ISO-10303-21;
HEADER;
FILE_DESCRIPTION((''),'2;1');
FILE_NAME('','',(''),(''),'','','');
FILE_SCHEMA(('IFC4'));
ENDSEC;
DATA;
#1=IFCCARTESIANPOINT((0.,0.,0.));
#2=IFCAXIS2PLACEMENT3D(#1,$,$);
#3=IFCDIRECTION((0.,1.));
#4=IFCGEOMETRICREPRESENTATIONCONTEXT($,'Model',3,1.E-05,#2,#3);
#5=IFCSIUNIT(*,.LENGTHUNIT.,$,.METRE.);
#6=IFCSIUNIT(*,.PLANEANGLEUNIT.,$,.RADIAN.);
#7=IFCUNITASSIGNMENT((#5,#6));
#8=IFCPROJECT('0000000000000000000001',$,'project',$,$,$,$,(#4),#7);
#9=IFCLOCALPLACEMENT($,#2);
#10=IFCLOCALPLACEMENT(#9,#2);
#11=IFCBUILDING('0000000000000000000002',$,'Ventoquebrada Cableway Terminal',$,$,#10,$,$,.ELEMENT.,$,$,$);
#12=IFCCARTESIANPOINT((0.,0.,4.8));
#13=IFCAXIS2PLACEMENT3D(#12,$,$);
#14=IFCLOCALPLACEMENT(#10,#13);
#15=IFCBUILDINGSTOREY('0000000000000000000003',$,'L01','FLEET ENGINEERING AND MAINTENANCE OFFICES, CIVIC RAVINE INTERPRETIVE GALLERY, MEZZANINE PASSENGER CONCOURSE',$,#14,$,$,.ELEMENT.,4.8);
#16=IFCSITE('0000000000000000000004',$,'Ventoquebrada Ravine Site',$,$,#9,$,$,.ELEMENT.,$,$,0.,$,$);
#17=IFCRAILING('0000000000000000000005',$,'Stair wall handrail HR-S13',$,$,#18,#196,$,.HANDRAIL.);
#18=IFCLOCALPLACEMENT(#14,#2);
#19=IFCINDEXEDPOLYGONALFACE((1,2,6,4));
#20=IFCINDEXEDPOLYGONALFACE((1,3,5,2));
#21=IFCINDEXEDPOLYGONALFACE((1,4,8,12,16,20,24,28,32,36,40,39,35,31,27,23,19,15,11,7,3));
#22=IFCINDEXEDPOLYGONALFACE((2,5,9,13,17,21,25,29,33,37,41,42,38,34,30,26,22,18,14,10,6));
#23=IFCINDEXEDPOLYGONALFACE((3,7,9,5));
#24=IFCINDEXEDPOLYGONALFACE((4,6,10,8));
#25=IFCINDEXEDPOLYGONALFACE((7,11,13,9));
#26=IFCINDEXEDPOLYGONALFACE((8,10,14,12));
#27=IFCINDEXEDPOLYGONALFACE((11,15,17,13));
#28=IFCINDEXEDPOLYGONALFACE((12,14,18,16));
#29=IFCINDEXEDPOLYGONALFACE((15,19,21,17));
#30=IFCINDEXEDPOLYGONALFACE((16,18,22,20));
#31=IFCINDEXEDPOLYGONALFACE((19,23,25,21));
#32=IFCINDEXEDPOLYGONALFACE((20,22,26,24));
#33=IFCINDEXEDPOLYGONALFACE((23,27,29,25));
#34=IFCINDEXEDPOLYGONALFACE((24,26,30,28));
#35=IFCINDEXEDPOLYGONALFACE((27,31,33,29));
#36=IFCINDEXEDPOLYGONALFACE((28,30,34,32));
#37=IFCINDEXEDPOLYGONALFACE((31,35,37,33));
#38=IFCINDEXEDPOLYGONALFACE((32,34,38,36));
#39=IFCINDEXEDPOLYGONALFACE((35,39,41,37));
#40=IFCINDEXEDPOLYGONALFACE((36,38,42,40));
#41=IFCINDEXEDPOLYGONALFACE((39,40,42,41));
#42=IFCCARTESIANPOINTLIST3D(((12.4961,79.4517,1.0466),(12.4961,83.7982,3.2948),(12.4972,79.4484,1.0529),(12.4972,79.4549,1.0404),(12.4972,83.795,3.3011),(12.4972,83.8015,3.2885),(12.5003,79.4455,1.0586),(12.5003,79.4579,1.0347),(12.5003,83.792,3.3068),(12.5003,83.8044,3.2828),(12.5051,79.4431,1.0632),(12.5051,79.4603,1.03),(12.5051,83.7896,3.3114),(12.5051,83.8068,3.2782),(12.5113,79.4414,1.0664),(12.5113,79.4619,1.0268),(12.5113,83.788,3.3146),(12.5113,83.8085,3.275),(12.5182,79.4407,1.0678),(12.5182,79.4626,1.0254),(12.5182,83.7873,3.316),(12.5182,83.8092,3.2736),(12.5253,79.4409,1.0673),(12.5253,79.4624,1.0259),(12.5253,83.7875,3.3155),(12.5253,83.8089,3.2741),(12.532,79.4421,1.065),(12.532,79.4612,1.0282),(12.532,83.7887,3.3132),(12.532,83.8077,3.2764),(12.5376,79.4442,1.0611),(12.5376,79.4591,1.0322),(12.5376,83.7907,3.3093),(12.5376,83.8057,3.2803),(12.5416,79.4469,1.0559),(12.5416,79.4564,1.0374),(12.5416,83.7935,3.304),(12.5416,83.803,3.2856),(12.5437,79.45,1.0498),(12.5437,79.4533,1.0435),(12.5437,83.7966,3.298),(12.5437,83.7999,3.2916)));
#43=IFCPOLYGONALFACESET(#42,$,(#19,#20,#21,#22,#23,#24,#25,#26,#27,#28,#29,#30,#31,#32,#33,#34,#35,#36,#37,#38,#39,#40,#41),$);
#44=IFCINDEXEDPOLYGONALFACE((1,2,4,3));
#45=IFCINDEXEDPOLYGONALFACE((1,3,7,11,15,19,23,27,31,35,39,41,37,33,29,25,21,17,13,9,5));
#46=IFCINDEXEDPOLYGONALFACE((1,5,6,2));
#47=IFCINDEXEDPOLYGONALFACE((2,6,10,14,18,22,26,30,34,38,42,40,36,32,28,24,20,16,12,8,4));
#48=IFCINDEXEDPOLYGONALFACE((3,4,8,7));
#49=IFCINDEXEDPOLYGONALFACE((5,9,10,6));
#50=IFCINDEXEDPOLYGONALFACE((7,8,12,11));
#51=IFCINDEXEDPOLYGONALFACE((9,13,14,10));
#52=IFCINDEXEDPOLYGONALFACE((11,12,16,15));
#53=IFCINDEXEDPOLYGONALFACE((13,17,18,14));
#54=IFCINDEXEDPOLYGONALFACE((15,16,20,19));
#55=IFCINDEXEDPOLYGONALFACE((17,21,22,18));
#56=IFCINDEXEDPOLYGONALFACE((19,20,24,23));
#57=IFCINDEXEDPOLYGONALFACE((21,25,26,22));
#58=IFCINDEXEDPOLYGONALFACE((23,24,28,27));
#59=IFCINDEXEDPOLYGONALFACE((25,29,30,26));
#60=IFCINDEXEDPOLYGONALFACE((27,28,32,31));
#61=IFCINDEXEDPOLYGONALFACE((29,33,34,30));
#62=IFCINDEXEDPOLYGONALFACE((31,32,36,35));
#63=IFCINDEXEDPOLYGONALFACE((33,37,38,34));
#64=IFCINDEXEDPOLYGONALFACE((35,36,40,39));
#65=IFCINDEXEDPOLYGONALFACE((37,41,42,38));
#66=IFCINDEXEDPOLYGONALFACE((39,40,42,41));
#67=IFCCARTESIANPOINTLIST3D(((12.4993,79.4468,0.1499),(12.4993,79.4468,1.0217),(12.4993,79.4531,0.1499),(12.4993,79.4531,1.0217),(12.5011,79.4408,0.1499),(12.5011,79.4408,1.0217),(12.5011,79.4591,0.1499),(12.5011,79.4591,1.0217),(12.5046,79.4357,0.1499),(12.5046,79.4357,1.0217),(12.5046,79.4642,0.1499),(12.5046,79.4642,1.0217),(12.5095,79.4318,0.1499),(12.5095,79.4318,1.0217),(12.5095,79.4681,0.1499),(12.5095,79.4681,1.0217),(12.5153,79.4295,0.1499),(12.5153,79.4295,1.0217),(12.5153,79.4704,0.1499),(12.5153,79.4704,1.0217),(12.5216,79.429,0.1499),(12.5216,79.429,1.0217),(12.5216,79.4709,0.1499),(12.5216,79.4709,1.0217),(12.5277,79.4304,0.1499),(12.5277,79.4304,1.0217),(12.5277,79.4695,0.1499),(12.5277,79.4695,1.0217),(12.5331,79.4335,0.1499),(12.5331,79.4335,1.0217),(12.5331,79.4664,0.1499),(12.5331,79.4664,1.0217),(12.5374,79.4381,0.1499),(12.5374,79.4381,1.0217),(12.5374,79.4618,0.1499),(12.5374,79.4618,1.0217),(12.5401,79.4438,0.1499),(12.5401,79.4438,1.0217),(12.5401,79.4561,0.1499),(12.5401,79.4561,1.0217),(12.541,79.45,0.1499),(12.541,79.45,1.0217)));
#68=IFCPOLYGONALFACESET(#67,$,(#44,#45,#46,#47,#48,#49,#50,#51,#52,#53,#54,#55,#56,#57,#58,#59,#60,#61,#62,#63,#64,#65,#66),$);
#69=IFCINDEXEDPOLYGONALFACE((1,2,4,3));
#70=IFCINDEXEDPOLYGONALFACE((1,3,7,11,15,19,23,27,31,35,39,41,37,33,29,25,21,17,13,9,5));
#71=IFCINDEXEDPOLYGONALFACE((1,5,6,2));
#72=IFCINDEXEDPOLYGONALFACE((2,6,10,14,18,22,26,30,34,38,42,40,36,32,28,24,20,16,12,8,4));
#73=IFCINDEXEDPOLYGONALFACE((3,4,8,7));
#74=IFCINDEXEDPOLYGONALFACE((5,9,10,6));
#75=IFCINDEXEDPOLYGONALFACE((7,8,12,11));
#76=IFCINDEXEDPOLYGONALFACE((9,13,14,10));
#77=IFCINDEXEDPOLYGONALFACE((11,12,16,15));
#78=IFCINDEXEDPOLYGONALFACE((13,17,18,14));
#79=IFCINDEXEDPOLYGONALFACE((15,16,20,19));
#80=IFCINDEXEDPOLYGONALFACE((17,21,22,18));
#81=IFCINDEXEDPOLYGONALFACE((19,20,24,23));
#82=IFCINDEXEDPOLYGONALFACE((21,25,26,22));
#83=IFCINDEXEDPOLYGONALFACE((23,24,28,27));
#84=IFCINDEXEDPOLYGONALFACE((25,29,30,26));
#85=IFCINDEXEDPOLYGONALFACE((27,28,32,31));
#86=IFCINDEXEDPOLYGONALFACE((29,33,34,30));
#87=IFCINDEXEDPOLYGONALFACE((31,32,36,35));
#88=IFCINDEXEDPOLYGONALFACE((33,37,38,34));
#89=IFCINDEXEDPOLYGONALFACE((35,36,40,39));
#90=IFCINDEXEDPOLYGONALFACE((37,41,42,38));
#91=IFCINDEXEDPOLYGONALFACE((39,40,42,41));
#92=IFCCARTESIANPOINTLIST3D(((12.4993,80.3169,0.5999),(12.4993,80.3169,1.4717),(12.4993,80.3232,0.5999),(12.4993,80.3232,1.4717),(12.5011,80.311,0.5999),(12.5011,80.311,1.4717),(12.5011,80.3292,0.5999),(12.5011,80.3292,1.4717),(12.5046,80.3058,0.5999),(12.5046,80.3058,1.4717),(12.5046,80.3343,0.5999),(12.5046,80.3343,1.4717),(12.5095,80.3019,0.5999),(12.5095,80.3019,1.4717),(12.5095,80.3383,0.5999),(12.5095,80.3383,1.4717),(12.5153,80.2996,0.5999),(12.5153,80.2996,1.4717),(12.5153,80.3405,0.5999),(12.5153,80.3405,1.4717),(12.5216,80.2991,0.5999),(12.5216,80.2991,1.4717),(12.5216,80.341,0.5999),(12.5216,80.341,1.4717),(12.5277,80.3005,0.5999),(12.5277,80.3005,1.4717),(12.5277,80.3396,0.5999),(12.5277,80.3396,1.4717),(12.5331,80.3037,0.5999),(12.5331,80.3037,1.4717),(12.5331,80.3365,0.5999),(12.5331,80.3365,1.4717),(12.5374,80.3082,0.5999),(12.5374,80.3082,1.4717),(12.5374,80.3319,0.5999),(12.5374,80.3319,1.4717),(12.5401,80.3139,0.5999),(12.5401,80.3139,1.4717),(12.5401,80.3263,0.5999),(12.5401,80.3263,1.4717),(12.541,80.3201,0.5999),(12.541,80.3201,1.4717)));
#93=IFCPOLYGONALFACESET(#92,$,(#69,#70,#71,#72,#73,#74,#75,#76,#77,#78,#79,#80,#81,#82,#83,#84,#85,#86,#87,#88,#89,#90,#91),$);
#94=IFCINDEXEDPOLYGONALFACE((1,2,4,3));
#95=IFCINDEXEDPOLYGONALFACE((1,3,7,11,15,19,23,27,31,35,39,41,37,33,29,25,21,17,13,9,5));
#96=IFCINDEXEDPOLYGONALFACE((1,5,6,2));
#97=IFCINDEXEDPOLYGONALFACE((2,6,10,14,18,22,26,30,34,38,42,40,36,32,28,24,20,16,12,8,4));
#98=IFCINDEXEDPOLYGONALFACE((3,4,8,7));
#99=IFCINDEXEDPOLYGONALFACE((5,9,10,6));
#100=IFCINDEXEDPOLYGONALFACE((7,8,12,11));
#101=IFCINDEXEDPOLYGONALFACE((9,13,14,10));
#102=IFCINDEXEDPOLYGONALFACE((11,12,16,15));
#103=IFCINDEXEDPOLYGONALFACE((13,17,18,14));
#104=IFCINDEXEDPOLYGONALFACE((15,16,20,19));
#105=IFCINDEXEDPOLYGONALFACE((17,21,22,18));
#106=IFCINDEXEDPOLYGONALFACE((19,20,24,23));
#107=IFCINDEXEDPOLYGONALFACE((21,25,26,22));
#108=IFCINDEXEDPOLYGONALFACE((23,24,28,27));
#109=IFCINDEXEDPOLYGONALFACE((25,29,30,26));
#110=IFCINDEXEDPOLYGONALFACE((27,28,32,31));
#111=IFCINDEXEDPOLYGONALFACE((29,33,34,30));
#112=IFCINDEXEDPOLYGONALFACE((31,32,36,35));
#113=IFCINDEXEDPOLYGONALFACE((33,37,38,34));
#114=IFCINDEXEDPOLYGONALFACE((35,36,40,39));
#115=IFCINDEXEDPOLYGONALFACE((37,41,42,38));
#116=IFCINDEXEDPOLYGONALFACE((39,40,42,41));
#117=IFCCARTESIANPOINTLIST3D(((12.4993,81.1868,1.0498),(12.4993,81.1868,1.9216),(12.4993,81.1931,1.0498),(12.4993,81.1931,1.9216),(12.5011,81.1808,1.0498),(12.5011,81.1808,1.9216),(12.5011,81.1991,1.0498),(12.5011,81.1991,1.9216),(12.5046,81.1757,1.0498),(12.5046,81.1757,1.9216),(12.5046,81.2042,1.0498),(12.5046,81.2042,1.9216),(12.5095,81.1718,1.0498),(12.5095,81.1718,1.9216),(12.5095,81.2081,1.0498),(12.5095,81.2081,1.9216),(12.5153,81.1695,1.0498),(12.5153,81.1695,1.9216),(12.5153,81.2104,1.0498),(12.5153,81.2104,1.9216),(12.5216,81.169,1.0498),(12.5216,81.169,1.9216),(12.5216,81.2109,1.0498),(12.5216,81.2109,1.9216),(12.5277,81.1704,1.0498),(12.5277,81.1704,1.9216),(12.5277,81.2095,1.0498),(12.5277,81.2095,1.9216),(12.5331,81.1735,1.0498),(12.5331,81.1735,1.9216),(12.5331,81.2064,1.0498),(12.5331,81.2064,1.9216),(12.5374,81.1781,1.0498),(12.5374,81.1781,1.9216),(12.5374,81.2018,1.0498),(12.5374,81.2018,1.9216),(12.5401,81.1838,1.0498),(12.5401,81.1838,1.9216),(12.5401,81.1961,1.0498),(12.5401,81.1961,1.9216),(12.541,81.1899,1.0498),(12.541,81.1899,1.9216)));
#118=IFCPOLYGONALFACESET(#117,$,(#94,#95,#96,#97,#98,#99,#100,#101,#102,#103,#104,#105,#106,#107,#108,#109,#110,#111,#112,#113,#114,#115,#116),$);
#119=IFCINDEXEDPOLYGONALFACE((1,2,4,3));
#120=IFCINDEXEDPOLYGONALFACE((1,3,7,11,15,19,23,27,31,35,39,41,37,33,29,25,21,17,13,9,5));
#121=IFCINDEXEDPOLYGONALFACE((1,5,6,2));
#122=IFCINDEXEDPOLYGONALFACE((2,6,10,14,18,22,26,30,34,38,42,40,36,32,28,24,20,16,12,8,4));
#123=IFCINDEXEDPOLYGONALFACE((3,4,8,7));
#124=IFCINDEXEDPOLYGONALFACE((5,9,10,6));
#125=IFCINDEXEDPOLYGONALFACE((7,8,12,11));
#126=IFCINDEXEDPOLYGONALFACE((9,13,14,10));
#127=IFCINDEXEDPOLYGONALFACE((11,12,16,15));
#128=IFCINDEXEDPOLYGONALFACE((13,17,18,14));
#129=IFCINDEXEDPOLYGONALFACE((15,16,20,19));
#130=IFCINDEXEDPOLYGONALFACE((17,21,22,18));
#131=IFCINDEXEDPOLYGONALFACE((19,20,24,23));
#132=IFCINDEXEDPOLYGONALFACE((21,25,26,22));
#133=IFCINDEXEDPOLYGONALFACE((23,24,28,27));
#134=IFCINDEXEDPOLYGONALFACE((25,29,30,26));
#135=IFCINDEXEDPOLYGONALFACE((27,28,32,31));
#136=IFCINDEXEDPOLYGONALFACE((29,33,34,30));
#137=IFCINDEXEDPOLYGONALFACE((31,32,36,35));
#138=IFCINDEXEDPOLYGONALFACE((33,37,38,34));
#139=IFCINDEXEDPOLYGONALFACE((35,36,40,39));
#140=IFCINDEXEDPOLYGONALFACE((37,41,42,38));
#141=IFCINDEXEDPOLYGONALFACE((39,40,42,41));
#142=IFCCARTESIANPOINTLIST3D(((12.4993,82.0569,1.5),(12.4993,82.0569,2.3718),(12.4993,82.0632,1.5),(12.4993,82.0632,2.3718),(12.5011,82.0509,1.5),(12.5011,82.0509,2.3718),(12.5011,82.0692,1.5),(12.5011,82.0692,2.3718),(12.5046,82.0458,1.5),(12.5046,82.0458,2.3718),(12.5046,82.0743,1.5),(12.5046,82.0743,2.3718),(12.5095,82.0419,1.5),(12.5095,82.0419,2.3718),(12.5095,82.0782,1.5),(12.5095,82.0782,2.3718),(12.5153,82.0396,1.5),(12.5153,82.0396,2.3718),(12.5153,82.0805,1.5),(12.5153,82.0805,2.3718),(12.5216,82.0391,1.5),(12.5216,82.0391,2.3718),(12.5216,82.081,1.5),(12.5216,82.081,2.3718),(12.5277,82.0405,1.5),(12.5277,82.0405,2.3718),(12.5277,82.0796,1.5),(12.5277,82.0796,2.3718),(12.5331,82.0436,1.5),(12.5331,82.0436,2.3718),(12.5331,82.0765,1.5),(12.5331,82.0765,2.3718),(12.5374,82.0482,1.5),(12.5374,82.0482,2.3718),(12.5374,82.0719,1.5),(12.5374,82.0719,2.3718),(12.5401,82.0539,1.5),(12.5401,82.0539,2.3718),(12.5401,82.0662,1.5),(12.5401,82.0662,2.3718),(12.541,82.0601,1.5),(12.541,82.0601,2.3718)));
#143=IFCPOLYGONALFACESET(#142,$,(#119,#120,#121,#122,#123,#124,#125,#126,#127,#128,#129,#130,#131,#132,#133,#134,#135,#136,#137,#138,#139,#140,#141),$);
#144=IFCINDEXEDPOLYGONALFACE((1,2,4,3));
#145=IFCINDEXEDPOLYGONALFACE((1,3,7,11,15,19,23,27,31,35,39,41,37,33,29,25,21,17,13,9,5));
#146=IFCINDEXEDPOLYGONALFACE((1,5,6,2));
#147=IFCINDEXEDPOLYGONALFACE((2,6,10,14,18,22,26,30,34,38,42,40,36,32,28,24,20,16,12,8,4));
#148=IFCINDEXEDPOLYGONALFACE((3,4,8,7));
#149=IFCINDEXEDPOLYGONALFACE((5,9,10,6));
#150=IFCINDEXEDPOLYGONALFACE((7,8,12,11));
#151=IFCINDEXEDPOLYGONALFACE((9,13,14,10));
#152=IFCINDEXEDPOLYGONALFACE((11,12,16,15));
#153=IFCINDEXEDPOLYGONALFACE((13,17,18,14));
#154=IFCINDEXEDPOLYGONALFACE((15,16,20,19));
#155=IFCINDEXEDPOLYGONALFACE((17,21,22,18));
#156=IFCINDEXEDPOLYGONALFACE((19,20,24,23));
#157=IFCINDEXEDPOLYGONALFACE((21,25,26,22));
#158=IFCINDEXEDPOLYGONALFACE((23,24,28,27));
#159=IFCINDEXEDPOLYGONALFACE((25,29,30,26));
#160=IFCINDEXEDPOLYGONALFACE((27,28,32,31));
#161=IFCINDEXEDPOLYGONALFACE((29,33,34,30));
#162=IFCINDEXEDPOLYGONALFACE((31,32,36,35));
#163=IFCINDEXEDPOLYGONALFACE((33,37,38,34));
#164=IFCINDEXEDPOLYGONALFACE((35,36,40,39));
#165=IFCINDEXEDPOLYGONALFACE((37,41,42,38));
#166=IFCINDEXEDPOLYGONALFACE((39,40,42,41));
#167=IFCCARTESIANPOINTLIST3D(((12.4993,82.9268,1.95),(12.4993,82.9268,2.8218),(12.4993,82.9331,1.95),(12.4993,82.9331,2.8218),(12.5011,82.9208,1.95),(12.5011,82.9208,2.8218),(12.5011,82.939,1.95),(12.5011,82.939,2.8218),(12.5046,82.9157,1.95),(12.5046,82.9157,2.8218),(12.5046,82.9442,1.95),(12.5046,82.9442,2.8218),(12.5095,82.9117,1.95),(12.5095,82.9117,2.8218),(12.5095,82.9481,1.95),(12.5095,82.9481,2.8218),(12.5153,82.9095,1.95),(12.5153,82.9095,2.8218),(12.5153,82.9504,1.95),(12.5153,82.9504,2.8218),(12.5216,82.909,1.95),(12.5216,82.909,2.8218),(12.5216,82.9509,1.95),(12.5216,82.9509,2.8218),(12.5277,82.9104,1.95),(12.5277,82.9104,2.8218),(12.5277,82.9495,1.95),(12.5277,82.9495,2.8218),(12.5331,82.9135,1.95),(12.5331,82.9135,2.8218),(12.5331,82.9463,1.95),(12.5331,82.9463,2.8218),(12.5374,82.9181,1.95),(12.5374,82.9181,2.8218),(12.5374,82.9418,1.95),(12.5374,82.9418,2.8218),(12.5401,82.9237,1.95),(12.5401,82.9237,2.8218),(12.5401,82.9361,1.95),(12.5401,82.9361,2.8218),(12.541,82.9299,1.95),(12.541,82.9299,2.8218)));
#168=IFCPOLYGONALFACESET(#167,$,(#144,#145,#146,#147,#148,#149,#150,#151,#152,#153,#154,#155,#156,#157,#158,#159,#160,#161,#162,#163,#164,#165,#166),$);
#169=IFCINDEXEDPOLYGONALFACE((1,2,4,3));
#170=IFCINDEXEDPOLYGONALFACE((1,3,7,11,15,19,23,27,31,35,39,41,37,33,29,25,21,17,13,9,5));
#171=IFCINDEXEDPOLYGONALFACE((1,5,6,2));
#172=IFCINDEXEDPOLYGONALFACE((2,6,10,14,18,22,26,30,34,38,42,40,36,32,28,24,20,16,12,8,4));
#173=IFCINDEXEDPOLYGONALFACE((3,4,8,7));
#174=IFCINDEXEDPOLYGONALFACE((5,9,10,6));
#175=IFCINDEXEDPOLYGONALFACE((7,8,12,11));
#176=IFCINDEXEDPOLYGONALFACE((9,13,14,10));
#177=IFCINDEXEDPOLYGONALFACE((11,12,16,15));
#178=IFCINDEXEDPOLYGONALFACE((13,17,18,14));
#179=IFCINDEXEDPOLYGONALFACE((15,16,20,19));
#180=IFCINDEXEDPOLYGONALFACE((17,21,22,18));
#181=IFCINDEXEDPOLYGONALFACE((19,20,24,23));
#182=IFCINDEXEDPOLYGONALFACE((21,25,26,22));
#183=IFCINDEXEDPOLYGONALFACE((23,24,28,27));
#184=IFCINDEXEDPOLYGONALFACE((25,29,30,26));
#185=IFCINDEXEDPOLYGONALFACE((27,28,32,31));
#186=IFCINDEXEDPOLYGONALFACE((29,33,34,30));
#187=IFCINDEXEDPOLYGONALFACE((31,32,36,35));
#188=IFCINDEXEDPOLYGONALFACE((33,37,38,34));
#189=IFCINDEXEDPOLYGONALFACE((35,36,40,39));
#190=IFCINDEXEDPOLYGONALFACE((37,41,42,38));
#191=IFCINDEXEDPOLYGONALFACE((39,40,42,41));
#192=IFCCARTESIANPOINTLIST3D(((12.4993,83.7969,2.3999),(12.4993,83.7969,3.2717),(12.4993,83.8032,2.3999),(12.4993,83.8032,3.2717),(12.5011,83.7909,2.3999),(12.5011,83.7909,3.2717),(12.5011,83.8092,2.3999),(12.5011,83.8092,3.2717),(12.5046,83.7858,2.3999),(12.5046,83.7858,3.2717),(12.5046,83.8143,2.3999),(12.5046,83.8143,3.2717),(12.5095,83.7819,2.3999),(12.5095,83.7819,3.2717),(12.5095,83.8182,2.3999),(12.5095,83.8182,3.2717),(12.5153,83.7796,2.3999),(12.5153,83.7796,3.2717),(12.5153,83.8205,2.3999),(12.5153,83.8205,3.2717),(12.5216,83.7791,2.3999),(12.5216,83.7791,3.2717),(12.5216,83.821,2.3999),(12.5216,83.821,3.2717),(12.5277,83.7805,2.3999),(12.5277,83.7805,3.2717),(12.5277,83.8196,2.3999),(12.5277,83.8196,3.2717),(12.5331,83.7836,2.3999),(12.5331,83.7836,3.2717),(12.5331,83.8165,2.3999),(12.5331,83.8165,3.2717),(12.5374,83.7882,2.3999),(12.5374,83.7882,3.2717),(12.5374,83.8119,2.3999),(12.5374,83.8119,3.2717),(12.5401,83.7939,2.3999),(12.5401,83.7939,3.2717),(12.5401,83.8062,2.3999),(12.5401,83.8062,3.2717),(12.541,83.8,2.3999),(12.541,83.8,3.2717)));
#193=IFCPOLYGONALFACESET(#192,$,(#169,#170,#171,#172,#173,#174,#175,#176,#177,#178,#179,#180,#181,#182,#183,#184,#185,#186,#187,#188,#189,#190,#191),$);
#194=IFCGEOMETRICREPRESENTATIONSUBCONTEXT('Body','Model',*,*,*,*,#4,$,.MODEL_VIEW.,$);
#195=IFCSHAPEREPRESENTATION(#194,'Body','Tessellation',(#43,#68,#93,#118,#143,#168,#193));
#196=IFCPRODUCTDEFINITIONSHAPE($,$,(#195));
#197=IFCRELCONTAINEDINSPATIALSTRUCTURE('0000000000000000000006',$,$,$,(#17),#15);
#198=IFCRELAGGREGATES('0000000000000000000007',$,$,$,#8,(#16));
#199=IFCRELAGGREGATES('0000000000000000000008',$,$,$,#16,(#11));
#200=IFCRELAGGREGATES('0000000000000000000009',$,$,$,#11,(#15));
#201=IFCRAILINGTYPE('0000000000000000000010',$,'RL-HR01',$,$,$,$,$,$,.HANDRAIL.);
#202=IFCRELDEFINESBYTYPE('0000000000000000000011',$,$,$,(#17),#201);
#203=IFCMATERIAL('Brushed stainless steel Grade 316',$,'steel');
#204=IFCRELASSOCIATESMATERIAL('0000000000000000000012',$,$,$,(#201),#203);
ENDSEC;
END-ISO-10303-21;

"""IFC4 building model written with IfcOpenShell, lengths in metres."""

from ifc_helpers import new_model, si_unit, direction, frame, origin, origin_2d, place, context, subcontext, project, spatial, circle, extrude, material, type_object, element, save


model = new_model("IFC4")

# Units and contexts
model_context = context("Model", 3, precision=1e-05, world=origin(), true_north=direction((0.0, 1.0)))
body_context = subcontext(model_context, "Body", "Model", "MODEL_VIEW")
ifc_project = project(units=[si_unit("LENGTHUNIT", "METRE"), si_unit("PLANEANGLEUNIT", "RADIAN")], contexts=[model_context])

# Site, building, storey
site_placement = place(None, origin())
site = spatial("IfcSite", under=ifc_project, at=site_placement, Name="Ventoquebrada Ravine Site", CompositionType="ELEMENT", RefElevation=0.0)
building_placement = place(site_placement, origin())
building = spatial("IfcBuilding", under=site, at=building_placement, Name="Ventoquebrada Cableway Terminal", CompositionType="ELEMENT")
storey_placement = place(building_placement, frame((0.0, 0.0, 4.8)))
storey = spatial("IfcBuildingStorey", under=building, at=storey_placement, Name="L01", Description="FLEET ENGINEERING AND MAINTENANCE OFFICES, CIVIC RAVINE INTERPRETIVE GALLERY, MEZZANINE PASSENGER CONCOURSE", CompositionType="ELEMENT", Elevation=4.8)

# Shared definitions
ifc_material_1 = material(Name="Brushed stainless steel Grade 316", Category="steel")

# Railing
railing_type_1 = type_object("IfcRailingType", Name="RL-HR01", PredefinedType="HANDRAIL", material=ifc_material_1)
railing_1_placement = place(storey_placement, frame((12.52, 79.45, 0.1499)))
element("IfcRailing", 1, at=railing_1_placement, inside=storey, type_object=railing_type_1, Name="Stair wall handrail HR-S13", PredefinedType="HANDRAIL", context=body_context, shape_type="SweptSolid", body=[
    extrude(circle(Radius=0.0239, at=origin_2d()), frame((0.0, 0.0017, 0.8967), z_axis=(0.0, 0.888222, 0.459415), x_axis=(-1.0, 0.0, 0.0)), (0.0, 0.0, 1.0), 4.8936),
    extrude(circle(Radius=0.021, at=origin_2d()), origin(), (0.0, 0.0, 1.0), 0.8718),
    extrude(circle(Radius=0.021, at=origin_2d()), frame((0.0, 0.8701, 0.45)), (0.0, 0.0, 1.0), 0.8718),
    extrude(circle(Radius=0.021, at=origin_2d()), frame((0.0, 1.74, 0.8999)), (0.0, 0.0, 1.0), 0.8718),
    extrude(circle(Radius=0.021, at=origin_2d()), frame((0.0, 2.6101, 1.3501)), (0.0, 0.0, 1.0), 0.8718),
    extrude(circle(Radius=0.021, at=origin_2d()), frame((0.0, 3.48, 1.8)), (0.0, 0.0, 1.0), 0.8718),
    extrude(circle(Radius=0.021, at=origin_2d()), frame((0.0, 4.3501, 2.25)), (0.0, 0.0, 1.0), 0.8718),
])

save(model, "model.ifc")
